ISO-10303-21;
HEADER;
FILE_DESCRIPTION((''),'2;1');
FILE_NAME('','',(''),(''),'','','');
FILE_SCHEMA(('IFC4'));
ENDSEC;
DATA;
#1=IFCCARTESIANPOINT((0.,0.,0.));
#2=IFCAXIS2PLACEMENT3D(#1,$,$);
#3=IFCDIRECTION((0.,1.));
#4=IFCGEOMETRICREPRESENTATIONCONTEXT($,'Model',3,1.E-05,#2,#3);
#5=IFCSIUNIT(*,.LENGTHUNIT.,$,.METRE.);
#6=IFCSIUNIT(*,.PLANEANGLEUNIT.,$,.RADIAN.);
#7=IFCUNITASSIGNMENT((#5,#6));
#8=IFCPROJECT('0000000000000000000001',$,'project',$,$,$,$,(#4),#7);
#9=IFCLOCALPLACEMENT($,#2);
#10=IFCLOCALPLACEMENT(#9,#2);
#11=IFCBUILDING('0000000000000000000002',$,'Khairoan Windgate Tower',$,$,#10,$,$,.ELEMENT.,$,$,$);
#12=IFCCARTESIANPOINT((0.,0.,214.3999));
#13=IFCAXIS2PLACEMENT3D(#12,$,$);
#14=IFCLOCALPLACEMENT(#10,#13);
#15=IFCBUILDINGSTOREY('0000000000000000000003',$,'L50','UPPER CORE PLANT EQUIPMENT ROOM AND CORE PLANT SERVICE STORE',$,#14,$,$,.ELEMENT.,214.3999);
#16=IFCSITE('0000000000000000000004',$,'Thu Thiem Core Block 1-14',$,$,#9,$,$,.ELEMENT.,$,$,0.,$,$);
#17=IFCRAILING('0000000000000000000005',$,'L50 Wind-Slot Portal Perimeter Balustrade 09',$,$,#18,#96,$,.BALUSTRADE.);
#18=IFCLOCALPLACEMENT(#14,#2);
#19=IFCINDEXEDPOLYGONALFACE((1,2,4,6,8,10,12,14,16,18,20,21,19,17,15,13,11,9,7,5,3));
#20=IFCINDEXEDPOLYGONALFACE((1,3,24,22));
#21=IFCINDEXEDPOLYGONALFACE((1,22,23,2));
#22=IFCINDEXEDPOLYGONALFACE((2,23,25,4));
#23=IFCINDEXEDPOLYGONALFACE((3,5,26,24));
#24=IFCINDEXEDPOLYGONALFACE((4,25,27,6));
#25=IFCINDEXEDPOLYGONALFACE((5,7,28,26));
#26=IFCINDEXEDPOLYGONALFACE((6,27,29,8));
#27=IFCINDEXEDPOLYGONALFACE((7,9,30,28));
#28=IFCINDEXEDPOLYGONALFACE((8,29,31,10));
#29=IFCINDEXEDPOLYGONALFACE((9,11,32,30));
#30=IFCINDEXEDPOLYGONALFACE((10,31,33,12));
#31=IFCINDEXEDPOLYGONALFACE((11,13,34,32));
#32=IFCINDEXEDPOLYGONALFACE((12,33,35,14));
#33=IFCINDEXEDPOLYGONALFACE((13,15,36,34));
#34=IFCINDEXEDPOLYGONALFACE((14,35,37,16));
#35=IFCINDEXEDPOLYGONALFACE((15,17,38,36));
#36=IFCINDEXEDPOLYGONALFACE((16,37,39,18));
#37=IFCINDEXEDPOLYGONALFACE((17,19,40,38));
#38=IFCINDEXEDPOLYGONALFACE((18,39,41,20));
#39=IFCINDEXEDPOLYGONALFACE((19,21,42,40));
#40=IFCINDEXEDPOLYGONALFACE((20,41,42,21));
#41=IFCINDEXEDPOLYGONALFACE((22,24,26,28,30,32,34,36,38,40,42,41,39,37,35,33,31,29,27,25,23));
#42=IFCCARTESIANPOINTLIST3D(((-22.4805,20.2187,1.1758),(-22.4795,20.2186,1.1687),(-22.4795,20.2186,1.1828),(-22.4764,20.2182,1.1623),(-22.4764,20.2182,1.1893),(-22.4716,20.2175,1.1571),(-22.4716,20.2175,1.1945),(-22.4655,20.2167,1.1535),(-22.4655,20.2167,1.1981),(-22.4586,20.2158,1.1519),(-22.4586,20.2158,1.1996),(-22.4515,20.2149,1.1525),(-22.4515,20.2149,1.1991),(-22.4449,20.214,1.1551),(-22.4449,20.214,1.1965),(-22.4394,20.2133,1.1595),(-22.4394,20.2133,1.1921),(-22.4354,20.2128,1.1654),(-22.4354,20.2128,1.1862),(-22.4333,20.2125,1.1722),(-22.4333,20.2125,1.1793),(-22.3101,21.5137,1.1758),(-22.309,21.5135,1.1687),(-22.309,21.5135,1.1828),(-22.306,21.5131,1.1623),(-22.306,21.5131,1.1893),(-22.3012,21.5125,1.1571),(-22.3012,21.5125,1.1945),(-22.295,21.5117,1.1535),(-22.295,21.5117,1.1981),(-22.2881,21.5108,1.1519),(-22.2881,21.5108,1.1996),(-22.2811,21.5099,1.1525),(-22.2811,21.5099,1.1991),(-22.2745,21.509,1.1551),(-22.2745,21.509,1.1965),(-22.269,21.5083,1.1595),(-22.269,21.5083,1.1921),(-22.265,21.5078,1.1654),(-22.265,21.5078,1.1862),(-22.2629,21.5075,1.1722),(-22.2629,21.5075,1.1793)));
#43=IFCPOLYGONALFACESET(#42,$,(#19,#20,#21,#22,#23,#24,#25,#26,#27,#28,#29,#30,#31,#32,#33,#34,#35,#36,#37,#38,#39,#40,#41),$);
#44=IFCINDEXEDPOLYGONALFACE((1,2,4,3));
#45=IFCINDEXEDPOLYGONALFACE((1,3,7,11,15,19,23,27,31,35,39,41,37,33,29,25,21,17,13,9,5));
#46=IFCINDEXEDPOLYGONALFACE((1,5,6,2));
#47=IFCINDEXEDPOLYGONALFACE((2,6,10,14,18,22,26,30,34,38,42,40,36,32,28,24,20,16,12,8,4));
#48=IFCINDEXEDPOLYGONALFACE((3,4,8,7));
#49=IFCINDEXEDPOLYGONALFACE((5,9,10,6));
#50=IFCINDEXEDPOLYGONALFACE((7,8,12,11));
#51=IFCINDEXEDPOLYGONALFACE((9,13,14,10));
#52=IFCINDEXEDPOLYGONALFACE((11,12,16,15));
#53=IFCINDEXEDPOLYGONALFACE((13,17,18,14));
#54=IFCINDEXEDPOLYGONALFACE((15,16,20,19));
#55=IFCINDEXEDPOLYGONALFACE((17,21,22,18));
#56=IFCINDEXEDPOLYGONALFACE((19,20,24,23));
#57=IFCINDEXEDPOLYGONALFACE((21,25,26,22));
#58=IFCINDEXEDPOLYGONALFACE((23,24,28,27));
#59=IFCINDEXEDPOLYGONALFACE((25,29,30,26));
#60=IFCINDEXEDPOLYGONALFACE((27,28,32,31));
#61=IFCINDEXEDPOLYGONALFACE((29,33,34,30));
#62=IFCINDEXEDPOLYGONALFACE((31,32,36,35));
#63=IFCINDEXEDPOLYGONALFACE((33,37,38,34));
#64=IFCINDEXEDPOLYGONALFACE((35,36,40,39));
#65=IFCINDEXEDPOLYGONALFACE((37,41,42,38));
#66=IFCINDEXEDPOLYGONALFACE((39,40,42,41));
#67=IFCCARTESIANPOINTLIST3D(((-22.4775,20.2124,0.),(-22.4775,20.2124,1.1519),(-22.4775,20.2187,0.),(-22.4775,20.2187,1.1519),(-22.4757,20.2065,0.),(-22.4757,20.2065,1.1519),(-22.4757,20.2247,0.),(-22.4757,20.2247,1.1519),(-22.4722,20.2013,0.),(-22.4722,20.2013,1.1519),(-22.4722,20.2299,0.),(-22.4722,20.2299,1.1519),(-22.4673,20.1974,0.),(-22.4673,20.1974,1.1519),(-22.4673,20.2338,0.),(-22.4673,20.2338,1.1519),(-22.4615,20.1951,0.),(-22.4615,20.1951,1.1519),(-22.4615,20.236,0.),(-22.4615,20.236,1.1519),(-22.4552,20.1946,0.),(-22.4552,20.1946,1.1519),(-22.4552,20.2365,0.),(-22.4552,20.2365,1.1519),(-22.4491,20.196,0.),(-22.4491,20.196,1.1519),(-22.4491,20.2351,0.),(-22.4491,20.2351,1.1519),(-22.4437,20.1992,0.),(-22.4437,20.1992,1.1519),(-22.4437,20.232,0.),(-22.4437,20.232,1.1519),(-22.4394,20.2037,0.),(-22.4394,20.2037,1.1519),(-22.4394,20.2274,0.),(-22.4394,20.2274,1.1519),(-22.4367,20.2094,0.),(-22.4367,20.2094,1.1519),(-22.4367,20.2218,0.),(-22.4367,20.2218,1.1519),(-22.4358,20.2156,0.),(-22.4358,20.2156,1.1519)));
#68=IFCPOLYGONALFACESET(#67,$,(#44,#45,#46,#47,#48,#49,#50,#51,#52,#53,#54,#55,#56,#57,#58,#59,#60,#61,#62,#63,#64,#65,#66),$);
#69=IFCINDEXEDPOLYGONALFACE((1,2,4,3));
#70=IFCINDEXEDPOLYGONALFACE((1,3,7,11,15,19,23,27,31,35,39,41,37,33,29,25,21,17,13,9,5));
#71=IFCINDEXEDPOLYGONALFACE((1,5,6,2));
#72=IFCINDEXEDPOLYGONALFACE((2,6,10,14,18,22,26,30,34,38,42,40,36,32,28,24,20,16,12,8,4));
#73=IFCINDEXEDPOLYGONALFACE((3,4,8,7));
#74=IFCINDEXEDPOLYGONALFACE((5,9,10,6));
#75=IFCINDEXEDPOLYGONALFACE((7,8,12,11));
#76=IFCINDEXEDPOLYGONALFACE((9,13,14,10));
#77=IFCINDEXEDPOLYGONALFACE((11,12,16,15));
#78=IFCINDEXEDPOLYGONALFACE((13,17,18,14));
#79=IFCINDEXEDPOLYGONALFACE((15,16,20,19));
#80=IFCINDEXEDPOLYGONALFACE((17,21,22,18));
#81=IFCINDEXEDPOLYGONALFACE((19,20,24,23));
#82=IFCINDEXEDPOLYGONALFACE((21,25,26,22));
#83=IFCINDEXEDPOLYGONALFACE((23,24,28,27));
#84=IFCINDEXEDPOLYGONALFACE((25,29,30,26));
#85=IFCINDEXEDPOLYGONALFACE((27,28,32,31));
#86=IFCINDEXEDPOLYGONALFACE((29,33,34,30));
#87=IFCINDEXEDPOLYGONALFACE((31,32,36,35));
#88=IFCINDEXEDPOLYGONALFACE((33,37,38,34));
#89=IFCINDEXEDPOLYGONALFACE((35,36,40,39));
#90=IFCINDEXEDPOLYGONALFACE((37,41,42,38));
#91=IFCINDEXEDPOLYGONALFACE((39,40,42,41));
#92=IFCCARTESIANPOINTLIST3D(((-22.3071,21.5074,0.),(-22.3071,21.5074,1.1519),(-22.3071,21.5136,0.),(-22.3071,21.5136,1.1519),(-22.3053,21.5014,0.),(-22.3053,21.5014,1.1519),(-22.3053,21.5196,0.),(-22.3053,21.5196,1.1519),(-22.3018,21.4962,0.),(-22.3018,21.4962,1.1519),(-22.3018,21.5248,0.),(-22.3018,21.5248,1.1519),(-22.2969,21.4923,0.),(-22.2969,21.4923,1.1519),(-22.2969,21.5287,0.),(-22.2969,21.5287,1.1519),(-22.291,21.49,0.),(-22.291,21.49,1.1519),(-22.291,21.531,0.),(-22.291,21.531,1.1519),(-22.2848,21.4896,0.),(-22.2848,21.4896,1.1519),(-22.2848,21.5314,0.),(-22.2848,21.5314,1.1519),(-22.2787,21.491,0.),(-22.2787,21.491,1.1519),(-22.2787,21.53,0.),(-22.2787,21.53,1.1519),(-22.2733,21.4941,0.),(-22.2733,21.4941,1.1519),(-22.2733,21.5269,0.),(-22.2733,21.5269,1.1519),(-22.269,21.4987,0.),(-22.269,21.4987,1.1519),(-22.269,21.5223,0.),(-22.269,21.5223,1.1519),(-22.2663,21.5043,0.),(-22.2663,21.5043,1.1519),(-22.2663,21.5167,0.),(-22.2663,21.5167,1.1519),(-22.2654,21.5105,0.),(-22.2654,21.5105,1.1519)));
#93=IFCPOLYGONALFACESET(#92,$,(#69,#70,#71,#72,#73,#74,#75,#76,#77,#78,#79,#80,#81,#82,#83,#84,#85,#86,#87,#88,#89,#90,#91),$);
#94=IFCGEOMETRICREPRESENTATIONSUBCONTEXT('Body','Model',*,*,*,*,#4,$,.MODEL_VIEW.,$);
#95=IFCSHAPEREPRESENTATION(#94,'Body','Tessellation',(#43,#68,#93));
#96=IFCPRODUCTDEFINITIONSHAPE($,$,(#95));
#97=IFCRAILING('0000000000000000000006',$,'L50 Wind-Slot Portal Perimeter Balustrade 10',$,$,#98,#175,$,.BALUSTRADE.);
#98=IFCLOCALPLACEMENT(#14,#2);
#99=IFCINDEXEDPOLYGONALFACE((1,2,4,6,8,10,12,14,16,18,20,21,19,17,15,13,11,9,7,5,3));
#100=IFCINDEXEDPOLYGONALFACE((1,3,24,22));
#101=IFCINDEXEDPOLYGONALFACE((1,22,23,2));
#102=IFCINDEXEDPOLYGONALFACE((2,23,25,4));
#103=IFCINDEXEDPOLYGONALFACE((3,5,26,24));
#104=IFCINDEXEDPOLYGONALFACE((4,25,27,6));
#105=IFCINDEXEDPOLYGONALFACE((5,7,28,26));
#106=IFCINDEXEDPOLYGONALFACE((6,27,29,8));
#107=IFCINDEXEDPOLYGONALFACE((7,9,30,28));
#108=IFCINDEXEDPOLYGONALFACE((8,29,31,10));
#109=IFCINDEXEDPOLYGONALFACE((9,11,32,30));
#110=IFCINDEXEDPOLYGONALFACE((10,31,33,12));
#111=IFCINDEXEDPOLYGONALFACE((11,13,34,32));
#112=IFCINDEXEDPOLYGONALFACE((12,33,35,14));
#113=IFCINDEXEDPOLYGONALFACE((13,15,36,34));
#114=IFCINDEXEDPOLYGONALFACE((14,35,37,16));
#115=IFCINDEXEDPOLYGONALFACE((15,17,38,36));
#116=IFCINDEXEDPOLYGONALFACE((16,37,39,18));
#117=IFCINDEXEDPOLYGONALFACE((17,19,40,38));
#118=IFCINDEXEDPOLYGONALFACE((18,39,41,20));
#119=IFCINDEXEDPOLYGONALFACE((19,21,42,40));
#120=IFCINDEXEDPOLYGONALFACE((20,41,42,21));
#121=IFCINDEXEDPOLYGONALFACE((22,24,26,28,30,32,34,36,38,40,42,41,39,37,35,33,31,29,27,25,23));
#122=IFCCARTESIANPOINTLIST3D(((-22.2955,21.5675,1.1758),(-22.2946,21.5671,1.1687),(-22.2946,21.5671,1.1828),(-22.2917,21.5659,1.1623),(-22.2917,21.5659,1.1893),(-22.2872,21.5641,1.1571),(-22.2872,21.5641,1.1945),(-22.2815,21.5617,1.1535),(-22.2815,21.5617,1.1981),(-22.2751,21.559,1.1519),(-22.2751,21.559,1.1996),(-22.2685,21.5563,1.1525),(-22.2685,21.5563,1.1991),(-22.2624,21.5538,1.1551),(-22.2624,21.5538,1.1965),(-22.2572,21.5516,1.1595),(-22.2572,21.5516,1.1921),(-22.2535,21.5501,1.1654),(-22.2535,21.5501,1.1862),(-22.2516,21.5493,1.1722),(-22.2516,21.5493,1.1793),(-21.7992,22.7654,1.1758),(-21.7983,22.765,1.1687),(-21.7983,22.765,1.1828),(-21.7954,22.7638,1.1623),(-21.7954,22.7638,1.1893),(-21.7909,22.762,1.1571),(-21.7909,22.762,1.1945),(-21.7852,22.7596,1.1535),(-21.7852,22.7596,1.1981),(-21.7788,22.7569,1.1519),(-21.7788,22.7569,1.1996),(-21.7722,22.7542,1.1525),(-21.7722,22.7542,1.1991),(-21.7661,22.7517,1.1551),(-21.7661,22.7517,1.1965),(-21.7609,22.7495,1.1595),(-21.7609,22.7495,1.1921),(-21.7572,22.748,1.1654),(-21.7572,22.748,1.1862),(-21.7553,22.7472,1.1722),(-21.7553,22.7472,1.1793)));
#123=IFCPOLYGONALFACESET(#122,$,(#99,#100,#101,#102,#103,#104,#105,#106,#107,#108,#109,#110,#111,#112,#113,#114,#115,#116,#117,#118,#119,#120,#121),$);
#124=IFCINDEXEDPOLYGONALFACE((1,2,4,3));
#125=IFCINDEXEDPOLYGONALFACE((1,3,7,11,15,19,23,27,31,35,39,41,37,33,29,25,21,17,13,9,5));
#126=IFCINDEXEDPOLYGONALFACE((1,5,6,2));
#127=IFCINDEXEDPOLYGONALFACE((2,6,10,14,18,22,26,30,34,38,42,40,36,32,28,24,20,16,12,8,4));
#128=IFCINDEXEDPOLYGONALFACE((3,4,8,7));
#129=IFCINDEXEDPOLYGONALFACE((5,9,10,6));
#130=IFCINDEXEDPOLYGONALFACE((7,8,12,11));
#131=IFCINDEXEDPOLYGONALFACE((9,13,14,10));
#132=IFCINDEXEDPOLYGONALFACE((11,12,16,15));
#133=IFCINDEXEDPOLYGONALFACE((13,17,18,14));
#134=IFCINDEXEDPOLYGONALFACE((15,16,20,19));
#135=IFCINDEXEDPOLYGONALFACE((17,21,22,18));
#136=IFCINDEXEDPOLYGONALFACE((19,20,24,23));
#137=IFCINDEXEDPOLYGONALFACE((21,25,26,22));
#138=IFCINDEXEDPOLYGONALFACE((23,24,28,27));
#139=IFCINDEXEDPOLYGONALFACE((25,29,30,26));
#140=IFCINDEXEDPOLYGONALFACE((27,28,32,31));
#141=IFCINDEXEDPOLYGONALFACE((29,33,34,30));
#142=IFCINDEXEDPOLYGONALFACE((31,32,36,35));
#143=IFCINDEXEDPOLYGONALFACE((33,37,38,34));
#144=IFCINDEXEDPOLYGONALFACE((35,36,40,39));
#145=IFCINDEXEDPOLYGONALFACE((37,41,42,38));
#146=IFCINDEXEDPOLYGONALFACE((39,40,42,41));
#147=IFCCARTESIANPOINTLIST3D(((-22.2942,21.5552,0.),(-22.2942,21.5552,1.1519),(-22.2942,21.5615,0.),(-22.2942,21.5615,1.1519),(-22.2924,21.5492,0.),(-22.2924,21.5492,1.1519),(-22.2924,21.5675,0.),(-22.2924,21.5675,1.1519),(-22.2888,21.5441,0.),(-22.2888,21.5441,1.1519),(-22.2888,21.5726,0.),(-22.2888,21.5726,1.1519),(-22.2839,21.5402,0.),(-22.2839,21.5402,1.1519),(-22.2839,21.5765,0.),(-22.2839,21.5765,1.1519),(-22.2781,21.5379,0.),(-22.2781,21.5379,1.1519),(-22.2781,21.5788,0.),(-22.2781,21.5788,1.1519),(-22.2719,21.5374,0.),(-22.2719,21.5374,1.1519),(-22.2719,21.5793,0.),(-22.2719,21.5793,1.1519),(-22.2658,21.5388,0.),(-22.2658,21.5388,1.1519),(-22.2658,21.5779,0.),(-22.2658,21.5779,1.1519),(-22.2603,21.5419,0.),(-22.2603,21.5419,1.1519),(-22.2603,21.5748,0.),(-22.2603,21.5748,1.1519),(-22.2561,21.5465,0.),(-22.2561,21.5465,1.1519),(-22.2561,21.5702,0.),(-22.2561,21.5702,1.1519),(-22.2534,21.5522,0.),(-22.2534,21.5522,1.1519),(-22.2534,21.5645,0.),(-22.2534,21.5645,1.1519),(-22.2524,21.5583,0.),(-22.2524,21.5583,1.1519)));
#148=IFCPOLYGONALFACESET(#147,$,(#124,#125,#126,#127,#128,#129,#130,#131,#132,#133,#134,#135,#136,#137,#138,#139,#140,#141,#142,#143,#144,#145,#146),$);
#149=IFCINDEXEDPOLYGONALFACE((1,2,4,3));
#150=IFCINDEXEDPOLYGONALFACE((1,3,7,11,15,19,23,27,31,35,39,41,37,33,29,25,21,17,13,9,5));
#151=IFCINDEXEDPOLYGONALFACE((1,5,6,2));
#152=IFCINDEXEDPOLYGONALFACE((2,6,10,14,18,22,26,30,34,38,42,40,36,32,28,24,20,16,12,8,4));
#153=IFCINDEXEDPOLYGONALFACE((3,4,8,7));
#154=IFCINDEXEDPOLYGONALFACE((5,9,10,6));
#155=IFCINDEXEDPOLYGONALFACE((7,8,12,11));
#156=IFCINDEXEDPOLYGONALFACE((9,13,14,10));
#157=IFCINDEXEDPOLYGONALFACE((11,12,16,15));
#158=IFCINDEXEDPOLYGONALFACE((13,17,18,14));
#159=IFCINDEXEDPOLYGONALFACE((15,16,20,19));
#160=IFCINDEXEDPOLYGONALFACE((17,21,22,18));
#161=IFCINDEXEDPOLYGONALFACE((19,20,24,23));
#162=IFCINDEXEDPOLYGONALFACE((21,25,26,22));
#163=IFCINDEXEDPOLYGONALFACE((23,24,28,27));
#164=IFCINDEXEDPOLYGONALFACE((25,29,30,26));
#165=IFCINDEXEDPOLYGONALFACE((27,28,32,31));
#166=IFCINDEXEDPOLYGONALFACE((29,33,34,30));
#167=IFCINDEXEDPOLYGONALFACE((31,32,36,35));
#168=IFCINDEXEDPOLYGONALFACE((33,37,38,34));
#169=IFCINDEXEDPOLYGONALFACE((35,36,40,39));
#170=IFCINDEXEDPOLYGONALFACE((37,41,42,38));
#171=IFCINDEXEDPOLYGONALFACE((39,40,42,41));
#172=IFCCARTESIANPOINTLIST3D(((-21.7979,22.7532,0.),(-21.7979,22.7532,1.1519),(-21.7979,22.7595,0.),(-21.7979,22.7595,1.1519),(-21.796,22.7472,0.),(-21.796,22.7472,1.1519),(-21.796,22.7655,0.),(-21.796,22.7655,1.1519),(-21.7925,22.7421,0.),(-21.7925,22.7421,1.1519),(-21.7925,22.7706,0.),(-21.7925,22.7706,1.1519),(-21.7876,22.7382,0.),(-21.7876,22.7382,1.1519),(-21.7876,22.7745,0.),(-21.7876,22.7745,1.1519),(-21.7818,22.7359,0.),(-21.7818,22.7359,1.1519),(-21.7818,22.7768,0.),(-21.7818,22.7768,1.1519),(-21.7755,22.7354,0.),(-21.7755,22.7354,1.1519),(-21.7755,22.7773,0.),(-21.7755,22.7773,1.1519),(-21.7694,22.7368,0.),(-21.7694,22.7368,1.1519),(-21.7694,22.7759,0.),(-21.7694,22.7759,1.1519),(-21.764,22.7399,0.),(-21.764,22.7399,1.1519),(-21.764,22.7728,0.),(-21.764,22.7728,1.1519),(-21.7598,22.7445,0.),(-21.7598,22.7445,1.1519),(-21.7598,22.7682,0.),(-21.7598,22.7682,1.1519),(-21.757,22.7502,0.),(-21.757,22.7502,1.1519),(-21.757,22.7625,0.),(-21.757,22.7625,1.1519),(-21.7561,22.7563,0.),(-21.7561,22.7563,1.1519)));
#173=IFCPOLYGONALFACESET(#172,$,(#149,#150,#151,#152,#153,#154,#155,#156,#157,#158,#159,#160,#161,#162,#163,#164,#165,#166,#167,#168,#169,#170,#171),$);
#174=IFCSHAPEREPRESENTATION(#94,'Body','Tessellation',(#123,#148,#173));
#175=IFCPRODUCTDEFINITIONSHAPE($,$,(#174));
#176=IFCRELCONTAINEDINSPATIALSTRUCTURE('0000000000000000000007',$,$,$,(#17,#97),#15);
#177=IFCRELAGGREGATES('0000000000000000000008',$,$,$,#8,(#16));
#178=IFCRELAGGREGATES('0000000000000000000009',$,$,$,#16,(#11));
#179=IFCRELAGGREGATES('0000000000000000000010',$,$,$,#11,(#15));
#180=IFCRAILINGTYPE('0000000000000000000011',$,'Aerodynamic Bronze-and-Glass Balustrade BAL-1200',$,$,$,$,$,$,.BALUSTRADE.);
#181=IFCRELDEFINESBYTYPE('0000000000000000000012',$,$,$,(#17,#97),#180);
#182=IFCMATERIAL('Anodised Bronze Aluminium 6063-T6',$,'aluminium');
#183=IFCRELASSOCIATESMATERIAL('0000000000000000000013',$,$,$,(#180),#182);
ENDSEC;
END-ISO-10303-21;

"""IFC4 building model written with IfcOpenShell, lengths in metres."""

from ifc_helpers import new_model, si_unit, direction, frame, origin, origin_2d, place, context, subcontext, project, spatial, circle, extrude, material, type_object, element, save


model = new_model("IFC4")

# Units and contexts
model_context = context("Model", 3, precision=1e-05, world=origin(), true_north=direction((0.0, 1.0)))
body_context = subcontext(model_context, "Body", "Model", "MODEL_VIEW")
ifc_project = project(units=[si_unit("LENGTHUNIT", "METRE"), si_unit("PLANEANGLEUNIT", "RADIAN")], contexts=[model_context])

# Site, building, storey
site_placement = place(None, origin())
site = spatial("IfcSite", under=ifc_project, at=site_placement, Name="Thu Thiem Core Block 1-14", CompositionType="ELEMENT", RefElevation=0.0)
building_placement = place(site_placement, origin())
building = spatial("IfcBuilding", under=site, at=building_placement, Name="Khairoan Windgate Tower", CompositionType="ELEMENT")
storey_placement = place(building_placement, frame((0.0, 0.0, 214.3999)))
storey = spatial("IfcBuildingStorey", under=building, at=storey_placement, Name="L50", Description="UPPER CORE PLANT EQUIPMENT ROOM AND CORE PLANT SERVICE STORE", CompositionType="ELEMENT", Elevation=214.3999)

# Railings
ifc_material_1 = material(Name="Anodised Bronze Aluminium 6063-T6", Category="aluminium")
railing_type_1 = type_object("IfcRailingType", Name="Aerodynamic Bronze-and-Glass Balustrade BAL-1200", PredefinedType="BALUSTRADE", material=ifc_material_1)
railing_1_placement = place(storey_placement, frame((-22.4568, 20.2156, 0.0)))
element("IfcRailing", 1, at=railing_1_placement, inside=storey, type_object=railing_type_1, Name="L50 Wind-Slot Portal Perimeter Balustrade 09", PredefinedType="BALUSTRADE", context=body_context, shape_type="SweptSolid", body=[
    extrude(circle(Radius=0.0239, at=origin_2d()), frame((0.0, 0.0, 1.1758), z_axis=(0.130474, 0.991452, 0.0), x_axis=(-0.991452, 0.130474, 0.0)), (0.0, 0.0, 1.0), 1.3062),
    extrude(circle(Radius=0.021, at=origin_2d()), origin(), (0.0, 0.0, 1.0), 1.1519),
    extrude(circle(Radius=0.021, at=origin_2d()), frame((0.1704, 1.2949, 0.0)), (0.0, 0.0, 1.0), 1.1519),
])
railing_2_placement = place(storey_placement, frame((-22.2734, 21.5583, 0.0)))
element("IfcRailing", 2, at=railing_2_placement, inside=storey, type_object=railing_type_1, Name="L50 Wind-Slot Portal Perimeter Balustrade 10", PredefinedType="BALUSTRADE", context=body_context, shape_type="SweptSolid", body=[
    extrude(circle(Radius=0.0239, at=origin_2d()), frame((0.0, 0.0, 1.1758), z_axis=(0.382756, 0.923849, 0.0), x_axis=(-0.923849, 0.382756, 0.0)), (0.0, 0.0, 1.0), 1.2966),
    extrude(circle(Radius=0.021, at=origin_2d()), origin(), (0.0, 0.0, 1.0), 1.1519),
    extrude(circle(Radius=0.021, at=origin_2d()), frame((0.4963, 1.198, 0.0)), (0.0, 0.0, 1.0), 1.1519),
])

save(model, "model.ifc")
